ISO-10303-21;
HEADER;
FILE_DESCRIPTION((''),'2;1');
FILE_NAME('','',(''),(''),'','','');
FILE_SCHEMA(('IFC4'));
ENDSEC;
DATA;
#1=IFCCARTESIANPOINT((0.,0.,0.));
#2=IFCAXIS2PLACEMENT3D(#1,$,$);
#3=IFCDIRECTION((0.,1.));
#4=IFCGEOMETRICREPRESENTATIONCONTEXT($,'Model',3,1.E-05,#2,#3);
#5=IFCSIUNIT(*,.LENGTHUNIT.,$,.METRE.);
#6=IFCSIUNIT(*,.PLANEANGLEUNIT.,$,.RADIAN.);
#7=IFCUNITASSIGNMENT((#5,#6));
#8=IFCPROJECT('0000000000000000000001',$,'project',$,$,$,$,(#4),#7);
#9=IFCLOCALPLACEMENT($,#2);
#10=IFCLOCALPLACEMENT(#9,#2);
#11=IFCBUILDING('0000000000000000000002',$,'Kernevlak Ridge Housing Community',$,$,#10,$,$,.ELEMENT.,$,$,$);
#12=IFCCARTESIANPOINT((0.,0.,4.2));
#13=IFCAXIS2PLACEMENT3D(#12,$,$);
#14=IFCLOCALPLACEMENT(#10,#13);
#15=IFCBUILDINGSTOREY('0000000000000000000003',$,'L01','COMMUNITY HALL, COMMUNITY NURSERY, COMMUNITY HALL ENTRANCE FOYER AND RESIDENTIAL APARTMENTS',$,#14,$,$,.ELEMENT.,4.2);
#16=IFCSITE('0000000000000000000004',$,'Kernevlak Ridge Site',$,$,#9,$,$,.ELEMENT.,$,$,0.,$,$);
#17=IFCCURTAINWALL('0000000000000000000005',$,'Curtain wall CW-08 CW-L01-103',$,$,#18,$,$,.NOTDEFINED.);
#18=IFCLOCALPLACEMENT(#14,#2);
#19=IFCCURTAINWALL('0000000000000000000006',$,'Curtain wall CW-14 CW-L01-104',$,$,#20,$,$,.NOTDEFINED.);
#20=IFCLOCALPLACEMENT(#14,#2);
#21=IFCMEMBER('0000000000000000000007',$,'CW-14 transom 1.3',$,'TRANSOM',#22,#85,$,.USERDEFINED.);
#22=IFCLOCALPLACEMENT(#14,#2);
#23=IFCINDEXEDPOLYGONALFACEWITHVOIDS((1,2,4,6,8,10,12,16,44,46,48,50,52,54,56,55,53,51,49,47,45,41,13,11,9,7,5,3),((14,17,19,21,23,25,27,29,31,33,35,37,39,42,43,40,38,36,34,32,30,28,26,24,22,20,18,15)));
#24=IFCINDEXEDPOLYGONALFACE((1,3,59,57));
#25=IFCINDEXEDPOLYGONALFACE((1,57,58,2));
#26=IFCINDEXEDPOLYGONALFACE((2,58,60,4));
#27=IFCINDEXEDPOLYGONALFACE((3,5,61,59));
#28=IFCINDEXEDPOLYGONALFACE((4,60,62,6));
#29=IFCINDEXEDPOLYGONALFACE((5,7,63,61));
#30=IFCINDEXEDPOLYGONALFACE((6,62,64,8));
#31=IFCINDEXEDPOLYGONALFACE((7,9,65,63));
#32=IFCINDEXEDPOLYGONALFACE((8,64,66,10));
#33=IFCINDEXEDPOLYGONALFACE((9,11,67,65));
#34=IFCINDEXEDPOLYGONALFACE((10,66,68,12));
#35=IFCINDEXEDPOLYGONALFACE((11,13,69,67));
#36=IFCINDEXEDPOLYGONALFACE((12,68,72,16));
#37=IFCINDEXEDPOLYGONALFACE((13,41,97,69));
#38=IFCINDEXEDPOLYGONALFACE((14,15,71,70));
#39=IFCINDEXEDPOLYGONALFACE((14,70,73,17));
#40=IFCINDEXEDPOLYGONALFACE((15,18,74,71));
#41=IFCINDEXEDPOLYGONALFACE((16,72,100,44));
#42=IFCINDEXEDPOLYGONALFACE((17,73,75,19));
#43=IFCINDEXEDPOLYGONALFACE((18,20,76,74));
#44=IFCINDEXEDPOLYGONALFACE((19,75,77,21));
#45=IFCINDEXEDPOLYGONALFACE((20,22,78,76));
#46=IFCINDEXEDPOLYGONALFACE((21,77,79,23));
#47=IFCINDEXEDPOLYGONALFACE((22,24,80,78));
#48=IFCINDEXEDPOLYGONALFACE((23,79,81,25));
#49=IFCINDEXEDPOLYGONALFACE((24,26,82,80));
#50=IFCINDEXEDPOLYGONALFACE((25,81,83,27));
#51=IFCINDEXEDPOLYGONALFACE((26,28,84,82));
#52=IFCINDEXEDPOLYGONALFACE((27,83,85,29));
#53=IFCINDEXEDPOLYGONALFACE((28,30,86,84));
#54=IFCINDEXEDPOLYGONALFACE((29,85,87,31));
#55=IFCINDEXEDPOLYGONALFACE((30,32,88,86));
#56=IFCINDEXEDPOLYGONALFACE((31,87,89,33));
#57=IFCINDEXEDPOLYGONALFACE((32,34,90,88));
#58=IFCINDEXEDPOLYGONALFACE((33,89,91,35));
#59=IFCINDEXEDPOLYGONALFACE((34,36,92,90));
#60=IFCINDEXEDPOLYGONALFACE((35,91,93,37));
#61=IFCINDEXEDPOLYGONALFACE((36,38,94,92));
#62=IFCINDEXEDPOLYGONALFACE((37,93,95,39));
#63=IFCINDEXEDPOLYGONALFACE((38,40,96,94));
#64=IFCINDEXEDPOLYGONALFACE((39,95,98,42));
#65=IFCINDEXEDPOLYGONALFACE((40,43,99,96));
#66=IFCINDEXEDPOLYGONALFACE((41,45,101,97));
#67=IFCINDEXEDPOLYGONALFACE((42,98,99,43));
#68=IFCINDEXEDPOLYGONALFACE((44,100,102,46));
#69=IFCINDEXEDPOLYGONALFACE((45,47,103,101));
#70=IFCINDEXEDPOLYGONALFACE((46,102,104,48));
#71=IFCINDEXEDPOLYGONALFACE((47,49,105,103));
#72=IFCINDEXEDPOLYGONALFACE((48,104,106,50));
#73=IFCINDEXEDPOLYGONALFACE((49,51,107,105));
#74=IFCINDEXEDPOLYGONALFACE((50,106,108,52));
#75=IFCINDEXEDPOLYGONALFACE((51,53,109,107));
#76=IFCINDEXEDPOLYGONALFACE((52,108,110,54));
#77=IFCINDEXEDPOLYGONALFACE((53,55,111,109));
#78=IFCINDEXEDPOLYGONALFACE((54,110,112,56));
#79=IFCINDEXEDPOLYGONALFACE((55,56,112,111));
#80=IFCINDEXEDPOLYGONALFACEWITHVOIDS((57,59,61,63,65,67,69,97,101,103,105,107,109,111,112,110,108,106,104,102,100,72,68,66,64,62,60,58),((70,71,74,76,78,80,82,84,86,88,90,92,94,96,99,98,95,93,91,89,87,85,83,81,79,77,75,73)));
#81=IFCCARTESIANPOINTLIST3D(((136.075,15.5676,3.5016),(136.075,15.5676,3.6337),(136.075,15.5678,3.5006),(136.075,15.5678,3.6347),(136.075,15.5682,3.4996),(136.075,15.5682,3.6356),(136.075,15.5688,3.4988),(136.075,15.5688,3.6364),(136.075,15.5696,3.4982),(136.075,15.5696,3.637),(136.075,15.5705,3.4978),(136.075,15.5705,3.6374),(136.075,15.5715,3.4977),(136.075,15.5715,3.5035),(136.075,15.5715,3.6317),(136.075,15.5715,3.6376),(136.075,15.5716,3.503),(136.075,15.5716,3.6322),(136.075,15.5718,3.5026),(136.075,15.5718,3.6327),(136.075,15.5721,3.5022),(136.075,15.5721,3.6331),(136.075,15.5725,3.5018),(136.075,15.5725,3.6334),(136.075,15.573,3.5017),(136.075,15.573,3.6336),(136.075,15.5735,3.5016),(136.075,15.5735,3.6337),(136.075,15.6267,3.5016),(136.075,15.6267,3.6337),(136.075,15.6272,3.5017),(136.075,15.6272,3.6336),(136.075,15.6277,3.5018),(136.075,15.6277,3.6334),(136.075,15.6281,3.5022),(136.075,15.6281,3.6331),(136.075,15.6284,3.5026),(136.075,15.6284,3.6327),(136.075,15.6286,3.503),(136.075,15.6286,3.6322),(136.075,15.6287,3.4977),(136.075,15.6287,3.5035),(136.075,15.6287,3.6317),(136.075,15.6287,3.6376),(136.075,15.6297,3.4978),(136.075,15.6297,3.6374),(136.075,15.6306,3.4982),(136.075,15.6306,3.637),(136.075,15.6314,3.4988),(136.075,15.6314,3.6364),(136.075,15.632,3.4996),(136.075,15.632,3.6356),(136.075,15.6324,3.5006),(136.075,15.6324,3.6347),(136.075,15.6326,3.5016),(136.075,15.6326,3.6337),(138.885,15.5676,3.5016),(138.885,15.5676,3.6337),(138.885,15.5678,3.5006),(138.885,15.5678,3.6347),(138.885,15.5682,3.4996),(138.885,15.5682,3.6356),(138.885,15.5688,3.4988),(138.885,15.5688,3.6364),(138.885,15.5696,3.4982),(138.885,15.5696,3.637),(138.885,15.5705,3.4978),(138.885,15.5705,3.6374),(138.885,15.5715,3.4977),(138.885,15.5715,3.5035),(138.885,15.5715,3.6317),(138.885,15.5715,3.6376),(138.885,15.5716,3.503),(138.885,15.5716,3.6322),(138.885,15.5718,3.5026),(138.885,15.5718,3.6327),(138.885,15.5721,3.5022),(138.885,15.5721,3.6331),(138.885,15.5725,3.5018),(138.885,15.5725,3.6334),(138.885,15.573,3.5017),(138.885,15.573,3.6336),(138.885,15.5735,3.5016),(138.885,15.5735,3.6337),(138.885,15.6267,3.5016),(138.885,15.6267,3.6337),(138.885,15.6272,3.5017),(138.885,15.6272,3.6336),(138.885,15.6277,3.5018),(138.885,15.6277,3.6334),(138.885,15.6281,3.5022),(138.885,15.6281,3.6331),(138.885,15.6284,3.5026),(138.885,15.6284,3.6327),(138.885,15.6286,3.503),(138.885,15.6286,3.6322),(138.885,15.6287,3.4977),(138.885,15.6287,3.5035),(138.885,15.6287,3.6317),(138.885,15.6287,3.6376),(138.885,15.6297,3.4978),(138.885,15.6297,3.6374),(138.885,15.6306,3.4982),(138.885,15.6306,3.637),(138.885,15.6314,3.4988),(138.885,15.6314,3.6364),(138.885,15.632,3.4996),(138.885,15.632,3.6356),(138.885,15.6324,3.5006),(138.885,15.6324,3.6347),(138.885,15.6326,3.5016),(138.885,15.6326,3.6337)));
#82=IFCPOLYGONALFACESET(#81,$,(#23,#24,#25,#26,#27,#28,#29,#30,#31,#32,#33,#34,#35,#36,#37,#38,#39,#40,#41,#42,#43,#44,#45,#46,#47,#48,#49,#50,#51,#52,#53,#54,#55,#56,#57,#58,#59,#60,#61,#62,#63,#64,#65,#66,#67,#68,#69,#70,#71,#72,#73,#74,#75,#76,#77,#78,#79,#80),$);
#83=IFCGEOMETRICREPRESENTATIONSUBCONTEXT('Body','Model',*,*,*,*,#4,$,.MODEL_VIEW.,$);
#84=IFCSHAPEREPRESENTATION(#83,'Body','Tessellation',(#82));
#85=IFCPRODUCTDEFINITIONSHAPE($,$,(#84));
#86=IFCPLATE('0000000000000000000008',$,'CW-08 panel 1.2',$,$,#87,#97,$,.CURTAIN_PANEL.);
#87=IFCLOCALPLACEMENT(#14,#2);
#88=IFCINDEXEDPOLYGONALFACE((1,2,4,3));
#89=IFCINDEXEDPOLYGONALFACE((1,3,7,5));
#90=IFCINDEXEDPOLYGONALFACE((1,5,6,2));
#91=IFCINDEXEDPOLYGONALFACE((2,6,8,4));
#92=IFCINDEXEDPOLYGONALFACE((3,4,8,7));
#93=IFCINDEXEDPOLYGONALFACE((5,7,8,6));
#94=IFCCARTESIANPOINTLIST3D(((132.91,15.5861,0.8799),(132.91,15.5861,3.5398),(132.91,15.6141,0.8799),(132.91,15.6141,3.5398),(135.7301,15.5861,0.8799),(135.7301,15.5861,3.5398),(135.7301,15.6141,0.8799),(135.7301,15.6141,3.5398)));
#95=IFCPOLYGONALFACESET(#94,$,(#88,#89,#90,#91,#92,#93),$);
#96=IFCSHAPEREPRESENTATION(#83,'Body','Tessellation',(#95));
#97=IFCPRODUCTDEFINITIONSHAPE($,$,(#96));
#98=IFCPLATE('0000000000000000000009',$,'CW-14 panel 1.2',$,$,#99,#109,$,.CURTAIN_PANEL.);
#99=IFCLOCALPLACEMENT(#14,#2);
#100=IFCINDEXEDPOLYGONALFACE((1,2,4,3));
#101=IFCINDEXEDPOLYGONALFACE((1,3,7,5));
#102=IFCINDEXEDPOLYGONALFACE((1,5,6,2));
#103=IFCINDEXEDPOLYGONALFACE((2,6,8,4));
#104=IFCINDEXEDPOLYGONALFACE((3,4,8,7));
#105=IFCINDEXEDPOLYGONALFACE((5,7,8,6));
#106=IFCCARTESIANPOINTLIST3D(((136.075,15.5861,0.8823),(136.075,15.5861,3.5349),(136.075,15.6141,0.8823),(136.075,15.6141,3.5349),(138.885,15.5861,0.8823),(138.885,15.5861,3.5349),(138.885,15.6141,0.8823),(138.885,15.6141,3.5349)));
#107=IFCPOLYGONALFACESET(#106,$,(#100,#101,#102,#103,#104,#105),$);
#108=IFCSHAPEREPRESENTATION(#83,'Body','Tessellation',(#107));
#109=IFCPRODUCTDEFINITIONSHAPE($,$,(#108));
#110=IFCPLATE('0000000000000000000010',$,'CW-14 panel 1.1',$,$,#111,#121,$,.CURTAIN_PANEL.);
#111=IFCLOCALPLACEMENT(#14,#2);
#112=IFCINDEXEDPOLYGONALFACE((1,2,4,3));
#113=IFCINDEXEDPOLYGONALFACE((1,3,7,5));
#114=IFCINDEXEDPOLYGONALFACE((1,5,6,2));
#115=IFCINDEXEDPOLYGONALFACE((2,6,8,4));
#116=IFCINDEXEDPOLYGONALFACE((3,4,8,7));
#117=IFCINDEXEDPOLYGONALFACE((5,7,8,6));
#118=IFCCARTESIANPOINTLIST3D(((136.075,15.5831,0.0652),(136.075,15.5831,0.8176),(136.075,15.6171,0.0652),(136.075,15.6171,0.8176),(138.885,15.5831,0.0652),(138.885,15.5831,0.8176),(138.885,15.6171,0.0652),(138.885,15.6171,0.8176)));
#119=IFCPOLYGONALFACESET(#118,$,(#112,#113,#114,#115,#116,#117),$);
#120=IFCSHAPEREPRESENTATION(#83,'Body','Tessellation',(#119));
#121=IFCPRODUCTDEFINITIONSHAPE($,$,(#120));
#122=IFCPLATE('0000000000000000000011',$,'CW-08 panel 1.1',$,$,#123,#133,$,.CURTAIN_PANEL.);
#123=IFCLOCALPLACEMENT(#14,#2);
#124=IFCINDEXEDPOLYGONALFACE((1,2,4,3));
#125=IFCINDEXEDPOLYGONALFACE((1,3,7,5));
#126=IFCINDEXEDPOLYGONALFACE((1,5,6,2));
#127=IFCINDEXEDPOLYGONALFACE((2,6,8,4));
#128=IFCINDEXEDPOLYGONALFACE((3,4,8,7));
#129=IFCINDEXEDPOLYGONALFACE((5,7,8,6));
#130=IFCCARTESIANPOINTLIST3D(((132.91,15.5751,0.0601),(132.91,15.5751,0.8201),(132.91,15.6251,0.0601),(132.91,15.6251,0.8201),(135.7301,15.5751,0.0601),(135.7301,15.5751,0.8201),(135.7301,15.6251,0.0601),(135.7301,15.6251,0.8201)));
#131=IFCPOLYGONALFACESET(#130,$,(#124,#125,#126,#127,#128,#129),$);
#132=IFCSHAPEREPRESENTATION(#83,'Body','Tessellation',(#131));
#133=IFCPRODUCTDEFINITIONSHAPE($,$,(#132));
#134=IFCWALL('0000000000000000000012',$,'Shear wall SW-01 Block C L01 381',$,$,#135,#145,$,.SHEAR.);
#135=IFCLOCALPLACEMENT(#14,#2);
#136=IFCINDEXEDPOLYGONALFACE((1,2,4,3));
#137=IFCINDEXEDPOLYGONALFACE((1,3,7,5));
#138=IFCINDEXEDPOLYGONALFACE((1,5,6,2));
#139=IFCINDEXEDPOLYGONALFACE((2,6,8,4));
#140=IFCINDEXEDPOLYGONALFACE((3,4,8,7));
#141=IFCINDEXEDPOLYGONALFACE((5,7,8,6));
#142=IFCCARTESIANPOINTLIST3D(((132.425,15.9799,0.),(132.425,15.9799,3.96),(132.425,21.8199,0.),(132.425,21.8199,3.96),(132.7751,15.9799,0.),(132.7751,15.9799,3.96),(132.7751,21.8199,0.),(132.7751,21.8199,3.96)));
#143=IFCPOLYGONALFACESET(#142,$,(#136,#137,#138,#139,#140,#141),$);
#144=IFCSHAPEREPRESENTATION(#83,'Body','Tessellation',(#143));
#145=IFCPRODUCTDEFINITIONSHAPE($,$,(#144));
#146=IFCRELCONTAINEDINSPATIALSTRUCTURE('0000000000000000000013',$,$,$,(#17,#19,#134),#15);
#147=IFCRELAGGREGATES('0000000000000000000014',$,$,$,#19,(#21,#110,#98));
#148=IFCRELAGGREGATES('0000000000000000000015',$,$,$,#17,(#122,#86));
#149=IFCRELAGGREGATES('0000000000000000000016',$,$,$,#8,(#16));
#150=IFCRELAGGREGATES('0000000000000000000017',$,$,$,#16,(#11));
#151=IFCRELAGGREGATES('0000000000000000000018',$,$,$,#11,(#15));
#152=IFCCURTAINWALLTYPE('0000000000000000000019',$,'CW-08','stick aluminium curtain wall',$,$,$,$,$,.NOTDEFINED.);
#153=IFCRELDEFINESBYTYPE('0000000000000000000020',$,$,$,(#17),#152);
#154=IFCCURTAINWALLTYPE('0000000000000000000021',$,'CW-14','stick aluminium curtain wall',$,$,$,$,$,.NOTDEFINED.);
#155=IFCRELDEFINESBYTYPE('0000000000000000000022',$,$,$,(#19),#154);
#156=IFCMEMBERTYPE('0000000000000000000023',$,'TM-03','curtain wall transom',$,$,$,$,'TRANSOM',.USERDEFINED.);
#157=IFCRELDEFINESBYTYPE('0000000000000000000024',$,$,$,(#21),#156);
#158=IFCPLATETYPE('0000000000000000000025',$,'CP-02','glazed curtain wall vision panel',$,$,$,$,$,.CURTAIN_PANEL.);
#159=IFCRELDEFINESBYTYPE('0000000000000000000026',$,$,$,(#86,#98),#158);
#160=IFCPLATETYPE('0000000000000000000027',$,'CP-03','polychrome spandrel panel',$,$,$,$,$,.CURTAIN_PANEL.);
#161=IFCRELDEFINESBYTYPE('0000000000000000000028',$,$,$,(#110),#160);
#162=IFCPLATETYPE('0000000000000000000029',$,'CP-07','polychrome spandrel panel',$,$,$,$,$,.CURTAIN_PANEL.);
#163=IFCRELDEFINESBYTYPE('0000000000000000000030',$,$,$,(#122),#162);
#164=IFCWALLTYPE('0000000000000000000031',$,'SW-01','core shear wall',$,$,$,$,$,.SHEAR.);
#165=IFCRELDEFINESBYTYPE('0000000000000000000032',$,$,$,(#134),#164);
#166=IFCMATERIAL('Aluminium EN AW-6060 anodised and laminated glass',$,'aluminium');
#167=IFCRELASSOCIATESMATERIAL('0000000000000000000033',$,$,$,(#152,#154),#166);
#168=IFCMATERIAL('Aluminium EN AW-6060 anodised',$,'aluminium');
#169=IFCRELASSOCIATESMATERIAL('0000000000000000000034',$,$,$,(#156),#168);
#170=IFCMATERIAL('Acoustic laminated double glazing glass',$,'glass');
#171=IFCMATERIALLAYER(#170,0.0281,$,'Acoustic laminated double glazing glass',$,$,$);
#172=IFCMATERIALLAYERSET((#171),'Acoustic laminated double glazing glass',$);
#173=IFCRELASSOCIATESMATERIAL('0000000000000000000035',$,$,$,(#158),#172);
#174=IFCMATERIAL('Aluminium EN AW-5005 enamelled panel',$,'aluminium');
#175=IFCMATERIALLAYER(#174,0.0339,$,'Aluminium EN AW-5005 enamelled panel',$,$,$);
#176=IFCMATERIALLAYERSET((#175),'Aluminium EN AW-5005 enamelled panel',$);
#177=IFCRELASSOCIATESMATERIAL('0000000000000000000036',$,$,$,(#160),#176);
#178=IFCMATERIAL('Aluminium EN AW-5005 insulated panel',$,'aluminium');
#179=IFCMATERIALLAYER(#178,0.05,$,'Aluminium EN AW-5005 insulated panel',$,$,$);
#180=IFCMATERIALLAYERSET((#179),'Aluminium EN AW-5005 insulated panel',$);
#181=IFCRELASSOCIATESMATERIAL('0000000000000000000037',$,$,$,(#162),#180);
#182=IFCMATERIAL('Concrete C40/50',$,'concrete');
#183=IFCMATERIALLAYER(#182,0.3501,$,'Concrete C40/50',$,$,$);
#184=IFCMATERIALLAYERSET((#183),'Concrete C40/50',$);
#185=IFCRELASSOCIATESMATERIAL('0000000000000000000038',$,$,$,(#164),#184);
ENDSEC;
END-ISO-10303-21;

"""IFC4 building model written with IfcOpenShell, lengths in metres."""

from ifc_helpers import new_model, si_unit, direction, frame, frame_2d, origin, origin_2d, place, context, subcontext, project, spatial, rectangle, hollow_rectangle, extrude, material, layer, layer_set, material_profile, profile_set, type_object, element, aggregate, save


model = new_model("IFC4")

# Units and contexts
model_context = context("Model", 3, precision=1e-05, world=origin(), true_north=direction((0.0, 1.0)))
body_context = subcontext(model_context, "Body", "Model", "MODEL_VIEW")
ifc_project = project(units=[si_unit("LENGTHUNIT", "METRE"), si_unit("PLANEANGLEUNIT", "RADIAN")], contexts=[model_context])

# Site, building, storey
site_placement = place(None, origin())
site = spatial("IfcSite", under=ifc_project, at=site_placement, Name="Kernevlak Ridge Site", CompositionType="ELEMENT", RefElevation=0.0)
building_placement = place(site_placement, origin())
building = spatial("IfcBuilding", under=site, at=building_placement, Name="Kernevlak Ridge Housing Community", CompositionType="ELEMENT")
storey_placement = place(building_placement, frame((0.0, 0.0, 4.2)))
storey = spatial("IfcBuildingStorey", under=building, at=storey_placement, Name="L01", Description="COMMUNITY HALL, COMMUNITY NURSERY, COMMUNITY HALL ENTRANCE FOYER AND RESIDENTIAL APARTMENTS", CompositionType="ELEMENT", Elevation=4.2)

# Shared definitions
ifc_material_1 = material(Name="Concrete C40/50", Category="concrete")

# Curtain wall
ifc_material_2 = material(Name="Aluminium EN AW-6060 anodised and laminated glass", Category="aluminium")
curtain_wall_type_1 = type_object("IfcCurtainWallType", Name="CW-08", Description="stick aluminium curtain wall", PredefinedType="NOTDEFINED", material=ifc_material_2)
curtain_wall_1_placement = place(storey_placement, origin())
curtain_wall_1 = element("IfcCurtainWall", 1, at=curtain_wall_1_placement, inside=storey, type_object=curtain_wall_type_1, Name="Curtain wall CW-08 CW-L01-103", PredefinedType="NOTDEFINED")
ifc_material_3 = material(Name="Aluminium EN AW-6060 anodised", Category="aluminium")

# Curtain wall
curtain_wall_type_2 = type_object("IfcCurtainWallType", Name="CW-14", Description="stick aluminium curtain wall", PredefinedType="NOTDEFINED", material=ifc_material_2)
curtain_wall_2_placement = place(storey_placement, origin())
curtain_wall_2 = element("IfcCurtainWall", 2, at=curtain_wall_2_placement, inside=storey, type_object=curtain_wall_type_2, Name="Curtain wall CW-14 CW-L01-104", PredefinedType="NOTDEFINED")

# Member
ifc_material_profile_1 = material_profile(ifc_material_3, hollow_rectangle(XDim=0.0649, YDim=0.1399, WallThickness=0.0039, InnerFilletRadius=0.002, OuterFilletRadius=0.0039, at=origin_2d()), Name="ALU 65x140x4")
ifc_profile_set_1 = profile_set([ifc_material_profile_1], Name="Aluminium EN AW-6060 anodised")
member_type_1 = type_object("IfcMemberType", Name="TM-03", Description="curtain wall transom", ElementType="TRANSOM", PredefinedType="USERDEFINED", material=ifc_profile_set_1)
member_1_placement = place(storey_placement, frame((136.075, 15.6001, 3.5676), z_axis=(1.0, 0.0, 0.0), x_axis=(0.0, 1.0, 0.0)))
member_1 = element("IfcMember", 3, at=member_1_placement, type_object=member_type_1, Name="CW-14 transom 1.3", ObjectType="TRANSOM", PredefinedType="USERDEFINED", context=body_context, shape_type="SweptSolid", body=[
    extrude(hollow_rectangle(XDim=0.0649, YDim=0.1399, WallThickness=0.0039, InnerFilletRadius=0.002, OuterFilletRadius=0.0039, at=origin_2d()), origin(), (0.0, 0.0, 1.0), 2.8101),
])

# Plates
ifc_material_4 = material(Name="Acoustic laminated double glazing glass", Category="glass")
ifc_layer_1 = layer(ifc_material_4, 0.0281, Name="Acoustic laminated double glazing glass")
ifc_layer_set_1 = layer_set([ifc_layer_1], Name="Acoustic laminated double glazing glass")
plate_type_1 = type_object("IfcPlateType", Name="CP-02", Description="glazed curtain wall vision panel", PredefinedType="CURTAIN_PANEL", material=ifc_layer_set_1)
plate_1_placement = place(storey_placement, frame((134.3201, 15.6001, 0.8799), z_axis=(0.0, 0.0, 1.0), x_axis=(1.0, 0.0, 0.0)))
plate_1 = element("IfcPlate", 4, at=plate_1_placement, type_object=plate_type_1, Name="CW-08 panel 1.2", PredefinedType="CURTAIN_PANEL", context=body_context, shape_type="SweptSolid", body=[
    extrude(rectangle(XDim=2.8201, YDim=0.0281, at=origin_2d()), origin(), (0.0, 0.0, 1.0), 2.6599),
])
plate_2_placement = place(storey_placement, frame((137.48, 15.6001, 0.8823), z_axis=(0.0, 0.0, 1.0), x_axis=(1.0, 0.0, 0.0)))
plate_2 = element("IfcPlate", 5, at=plate_2_placement, type_object=plate_type_1, Name="CW-14 panel 1.2", PredefinedType="CURTAIN_PANEL", context=body_context, shape_type="SweptSolid", body=[
    extrude(rectangle(XDim=2.8101, YDim=0.0281, at=origin_2d()), origin(), (0.0, 0.0, 1.0), 2.6526),
])
ifc_material_5 = material(Name="Aluminium EN AW-5005 enamelled panel", Category="aluminium")
ifc_layer_2 = layer(ifc_material_5, 0.0339, Name="Aluminium EN AW-5005 enamelled panel")
ifc_layer_set_2 = layer_set([ifc_layer_2], Name="Aluminium EN AW-5005 enamelled panel")
plate_type_2 = type_object("IfcPlateType", Name="CP-03", Description="polychrome spandrel panel", PredefinedType="CURTAIN_PANEL", material=ifc_layer_set_2)
plate_3_placement = place(storey_placement, frame((137.48, 15.6001, 0.0652), z_axis=(0.0, 0.0, 1.0), x_axis=(1.0, 0.0, 0.0)))
plate_3 = element("IfcPlate", 6, at=plate_3_placement, type_object=plate_type_2, Name="CW-14 panel 1.1", PredefinedType="CURTAIN_PANEL", context=body_context, shape_type="SweptSolid", body=[
    extrude(rectangle(XDim=2.8101, YDim=0.0339, at=origin_2d()), origin(), (0.0, 0.0, 1.0), 0.7524),
])
aggregate(curtain_wall_2, [member_1, plate_3, plate_2])
ifc_material_6 = material(Name="Aluminium EN AW-5005 insulated panel", Category="aluminium")
ifc_layer_3 = layer(ifc_material_6, 0.05, Name="Aluminium EN AW-5005 insulated panel")
ifc_layer_set_3 = layer_set([ifc_layer_3], Name="Aluminium EN AW-5005 insulated panel")
plate_type_3 = type_object("IfcPlateType", Name="CP-07", Description="polychrome spandrel panel", PredefinedType="CURTAIN_PANEL", material=ifc_layer_set_3)
plate_4_placement = place(storey_placement, frame((134.3201, 15.6001, 0.0601), z_axis=(0.0, 0.0, 1.0), x_axis=(1.0, 0.0, 0.0)))
plate_4 = element("IfcPlate", 7, at=plate_4_placement, type_object=plate_type_3, Name="CW-08 panel 1.1", PredefinedType="CURTAIN_PANEL", context=body_context, shape_type="SweptSolid", body=[
    extrude(rectangle(XDim=2.8201, YDim=0.05, at=origin_2d()), origin(), (0.0, 0.0, 1.0), 0.76),
])
aggregate(curtain_wall_1, [plate_4, plate_1])

# Wall
ifc_layer_4 = layer(ifc_material_1, 0.3501, Name="Concrete C40/50")
ifc_layer_set_4 = layer_set([ifc_layer_4], Name="Concrete C40/50")
wall_type_1 = type_object("IfcWallType", Name="SW-01", Description="core shear wall", PredefinedType="SHEAR", material=ifc_layer_set_4)
wall_1_placement = place(storey_placement, frame((132.6001, 15.98, 0.0), z_axis=(0.0, 0.0, 1.0), x_axis=(0.0, 1.0, 0.0)))
element("IfcWall", 8, at=wall_1_placement, inside=storey, type_object=wall_type_1, Name="Shear wall SW-01 Block C L01 381", PredefinedType="SHEAR", context=body_context, shape_type="SweptSolid", body=[
    extrude(rectangle(XDim=5.8401, YDim=0.3501, at=frame_2d((2.9199, 0.0))), origin(), (0.0, 0.0, 1.0), 3.96),
])

save(model, "model.ifc")
